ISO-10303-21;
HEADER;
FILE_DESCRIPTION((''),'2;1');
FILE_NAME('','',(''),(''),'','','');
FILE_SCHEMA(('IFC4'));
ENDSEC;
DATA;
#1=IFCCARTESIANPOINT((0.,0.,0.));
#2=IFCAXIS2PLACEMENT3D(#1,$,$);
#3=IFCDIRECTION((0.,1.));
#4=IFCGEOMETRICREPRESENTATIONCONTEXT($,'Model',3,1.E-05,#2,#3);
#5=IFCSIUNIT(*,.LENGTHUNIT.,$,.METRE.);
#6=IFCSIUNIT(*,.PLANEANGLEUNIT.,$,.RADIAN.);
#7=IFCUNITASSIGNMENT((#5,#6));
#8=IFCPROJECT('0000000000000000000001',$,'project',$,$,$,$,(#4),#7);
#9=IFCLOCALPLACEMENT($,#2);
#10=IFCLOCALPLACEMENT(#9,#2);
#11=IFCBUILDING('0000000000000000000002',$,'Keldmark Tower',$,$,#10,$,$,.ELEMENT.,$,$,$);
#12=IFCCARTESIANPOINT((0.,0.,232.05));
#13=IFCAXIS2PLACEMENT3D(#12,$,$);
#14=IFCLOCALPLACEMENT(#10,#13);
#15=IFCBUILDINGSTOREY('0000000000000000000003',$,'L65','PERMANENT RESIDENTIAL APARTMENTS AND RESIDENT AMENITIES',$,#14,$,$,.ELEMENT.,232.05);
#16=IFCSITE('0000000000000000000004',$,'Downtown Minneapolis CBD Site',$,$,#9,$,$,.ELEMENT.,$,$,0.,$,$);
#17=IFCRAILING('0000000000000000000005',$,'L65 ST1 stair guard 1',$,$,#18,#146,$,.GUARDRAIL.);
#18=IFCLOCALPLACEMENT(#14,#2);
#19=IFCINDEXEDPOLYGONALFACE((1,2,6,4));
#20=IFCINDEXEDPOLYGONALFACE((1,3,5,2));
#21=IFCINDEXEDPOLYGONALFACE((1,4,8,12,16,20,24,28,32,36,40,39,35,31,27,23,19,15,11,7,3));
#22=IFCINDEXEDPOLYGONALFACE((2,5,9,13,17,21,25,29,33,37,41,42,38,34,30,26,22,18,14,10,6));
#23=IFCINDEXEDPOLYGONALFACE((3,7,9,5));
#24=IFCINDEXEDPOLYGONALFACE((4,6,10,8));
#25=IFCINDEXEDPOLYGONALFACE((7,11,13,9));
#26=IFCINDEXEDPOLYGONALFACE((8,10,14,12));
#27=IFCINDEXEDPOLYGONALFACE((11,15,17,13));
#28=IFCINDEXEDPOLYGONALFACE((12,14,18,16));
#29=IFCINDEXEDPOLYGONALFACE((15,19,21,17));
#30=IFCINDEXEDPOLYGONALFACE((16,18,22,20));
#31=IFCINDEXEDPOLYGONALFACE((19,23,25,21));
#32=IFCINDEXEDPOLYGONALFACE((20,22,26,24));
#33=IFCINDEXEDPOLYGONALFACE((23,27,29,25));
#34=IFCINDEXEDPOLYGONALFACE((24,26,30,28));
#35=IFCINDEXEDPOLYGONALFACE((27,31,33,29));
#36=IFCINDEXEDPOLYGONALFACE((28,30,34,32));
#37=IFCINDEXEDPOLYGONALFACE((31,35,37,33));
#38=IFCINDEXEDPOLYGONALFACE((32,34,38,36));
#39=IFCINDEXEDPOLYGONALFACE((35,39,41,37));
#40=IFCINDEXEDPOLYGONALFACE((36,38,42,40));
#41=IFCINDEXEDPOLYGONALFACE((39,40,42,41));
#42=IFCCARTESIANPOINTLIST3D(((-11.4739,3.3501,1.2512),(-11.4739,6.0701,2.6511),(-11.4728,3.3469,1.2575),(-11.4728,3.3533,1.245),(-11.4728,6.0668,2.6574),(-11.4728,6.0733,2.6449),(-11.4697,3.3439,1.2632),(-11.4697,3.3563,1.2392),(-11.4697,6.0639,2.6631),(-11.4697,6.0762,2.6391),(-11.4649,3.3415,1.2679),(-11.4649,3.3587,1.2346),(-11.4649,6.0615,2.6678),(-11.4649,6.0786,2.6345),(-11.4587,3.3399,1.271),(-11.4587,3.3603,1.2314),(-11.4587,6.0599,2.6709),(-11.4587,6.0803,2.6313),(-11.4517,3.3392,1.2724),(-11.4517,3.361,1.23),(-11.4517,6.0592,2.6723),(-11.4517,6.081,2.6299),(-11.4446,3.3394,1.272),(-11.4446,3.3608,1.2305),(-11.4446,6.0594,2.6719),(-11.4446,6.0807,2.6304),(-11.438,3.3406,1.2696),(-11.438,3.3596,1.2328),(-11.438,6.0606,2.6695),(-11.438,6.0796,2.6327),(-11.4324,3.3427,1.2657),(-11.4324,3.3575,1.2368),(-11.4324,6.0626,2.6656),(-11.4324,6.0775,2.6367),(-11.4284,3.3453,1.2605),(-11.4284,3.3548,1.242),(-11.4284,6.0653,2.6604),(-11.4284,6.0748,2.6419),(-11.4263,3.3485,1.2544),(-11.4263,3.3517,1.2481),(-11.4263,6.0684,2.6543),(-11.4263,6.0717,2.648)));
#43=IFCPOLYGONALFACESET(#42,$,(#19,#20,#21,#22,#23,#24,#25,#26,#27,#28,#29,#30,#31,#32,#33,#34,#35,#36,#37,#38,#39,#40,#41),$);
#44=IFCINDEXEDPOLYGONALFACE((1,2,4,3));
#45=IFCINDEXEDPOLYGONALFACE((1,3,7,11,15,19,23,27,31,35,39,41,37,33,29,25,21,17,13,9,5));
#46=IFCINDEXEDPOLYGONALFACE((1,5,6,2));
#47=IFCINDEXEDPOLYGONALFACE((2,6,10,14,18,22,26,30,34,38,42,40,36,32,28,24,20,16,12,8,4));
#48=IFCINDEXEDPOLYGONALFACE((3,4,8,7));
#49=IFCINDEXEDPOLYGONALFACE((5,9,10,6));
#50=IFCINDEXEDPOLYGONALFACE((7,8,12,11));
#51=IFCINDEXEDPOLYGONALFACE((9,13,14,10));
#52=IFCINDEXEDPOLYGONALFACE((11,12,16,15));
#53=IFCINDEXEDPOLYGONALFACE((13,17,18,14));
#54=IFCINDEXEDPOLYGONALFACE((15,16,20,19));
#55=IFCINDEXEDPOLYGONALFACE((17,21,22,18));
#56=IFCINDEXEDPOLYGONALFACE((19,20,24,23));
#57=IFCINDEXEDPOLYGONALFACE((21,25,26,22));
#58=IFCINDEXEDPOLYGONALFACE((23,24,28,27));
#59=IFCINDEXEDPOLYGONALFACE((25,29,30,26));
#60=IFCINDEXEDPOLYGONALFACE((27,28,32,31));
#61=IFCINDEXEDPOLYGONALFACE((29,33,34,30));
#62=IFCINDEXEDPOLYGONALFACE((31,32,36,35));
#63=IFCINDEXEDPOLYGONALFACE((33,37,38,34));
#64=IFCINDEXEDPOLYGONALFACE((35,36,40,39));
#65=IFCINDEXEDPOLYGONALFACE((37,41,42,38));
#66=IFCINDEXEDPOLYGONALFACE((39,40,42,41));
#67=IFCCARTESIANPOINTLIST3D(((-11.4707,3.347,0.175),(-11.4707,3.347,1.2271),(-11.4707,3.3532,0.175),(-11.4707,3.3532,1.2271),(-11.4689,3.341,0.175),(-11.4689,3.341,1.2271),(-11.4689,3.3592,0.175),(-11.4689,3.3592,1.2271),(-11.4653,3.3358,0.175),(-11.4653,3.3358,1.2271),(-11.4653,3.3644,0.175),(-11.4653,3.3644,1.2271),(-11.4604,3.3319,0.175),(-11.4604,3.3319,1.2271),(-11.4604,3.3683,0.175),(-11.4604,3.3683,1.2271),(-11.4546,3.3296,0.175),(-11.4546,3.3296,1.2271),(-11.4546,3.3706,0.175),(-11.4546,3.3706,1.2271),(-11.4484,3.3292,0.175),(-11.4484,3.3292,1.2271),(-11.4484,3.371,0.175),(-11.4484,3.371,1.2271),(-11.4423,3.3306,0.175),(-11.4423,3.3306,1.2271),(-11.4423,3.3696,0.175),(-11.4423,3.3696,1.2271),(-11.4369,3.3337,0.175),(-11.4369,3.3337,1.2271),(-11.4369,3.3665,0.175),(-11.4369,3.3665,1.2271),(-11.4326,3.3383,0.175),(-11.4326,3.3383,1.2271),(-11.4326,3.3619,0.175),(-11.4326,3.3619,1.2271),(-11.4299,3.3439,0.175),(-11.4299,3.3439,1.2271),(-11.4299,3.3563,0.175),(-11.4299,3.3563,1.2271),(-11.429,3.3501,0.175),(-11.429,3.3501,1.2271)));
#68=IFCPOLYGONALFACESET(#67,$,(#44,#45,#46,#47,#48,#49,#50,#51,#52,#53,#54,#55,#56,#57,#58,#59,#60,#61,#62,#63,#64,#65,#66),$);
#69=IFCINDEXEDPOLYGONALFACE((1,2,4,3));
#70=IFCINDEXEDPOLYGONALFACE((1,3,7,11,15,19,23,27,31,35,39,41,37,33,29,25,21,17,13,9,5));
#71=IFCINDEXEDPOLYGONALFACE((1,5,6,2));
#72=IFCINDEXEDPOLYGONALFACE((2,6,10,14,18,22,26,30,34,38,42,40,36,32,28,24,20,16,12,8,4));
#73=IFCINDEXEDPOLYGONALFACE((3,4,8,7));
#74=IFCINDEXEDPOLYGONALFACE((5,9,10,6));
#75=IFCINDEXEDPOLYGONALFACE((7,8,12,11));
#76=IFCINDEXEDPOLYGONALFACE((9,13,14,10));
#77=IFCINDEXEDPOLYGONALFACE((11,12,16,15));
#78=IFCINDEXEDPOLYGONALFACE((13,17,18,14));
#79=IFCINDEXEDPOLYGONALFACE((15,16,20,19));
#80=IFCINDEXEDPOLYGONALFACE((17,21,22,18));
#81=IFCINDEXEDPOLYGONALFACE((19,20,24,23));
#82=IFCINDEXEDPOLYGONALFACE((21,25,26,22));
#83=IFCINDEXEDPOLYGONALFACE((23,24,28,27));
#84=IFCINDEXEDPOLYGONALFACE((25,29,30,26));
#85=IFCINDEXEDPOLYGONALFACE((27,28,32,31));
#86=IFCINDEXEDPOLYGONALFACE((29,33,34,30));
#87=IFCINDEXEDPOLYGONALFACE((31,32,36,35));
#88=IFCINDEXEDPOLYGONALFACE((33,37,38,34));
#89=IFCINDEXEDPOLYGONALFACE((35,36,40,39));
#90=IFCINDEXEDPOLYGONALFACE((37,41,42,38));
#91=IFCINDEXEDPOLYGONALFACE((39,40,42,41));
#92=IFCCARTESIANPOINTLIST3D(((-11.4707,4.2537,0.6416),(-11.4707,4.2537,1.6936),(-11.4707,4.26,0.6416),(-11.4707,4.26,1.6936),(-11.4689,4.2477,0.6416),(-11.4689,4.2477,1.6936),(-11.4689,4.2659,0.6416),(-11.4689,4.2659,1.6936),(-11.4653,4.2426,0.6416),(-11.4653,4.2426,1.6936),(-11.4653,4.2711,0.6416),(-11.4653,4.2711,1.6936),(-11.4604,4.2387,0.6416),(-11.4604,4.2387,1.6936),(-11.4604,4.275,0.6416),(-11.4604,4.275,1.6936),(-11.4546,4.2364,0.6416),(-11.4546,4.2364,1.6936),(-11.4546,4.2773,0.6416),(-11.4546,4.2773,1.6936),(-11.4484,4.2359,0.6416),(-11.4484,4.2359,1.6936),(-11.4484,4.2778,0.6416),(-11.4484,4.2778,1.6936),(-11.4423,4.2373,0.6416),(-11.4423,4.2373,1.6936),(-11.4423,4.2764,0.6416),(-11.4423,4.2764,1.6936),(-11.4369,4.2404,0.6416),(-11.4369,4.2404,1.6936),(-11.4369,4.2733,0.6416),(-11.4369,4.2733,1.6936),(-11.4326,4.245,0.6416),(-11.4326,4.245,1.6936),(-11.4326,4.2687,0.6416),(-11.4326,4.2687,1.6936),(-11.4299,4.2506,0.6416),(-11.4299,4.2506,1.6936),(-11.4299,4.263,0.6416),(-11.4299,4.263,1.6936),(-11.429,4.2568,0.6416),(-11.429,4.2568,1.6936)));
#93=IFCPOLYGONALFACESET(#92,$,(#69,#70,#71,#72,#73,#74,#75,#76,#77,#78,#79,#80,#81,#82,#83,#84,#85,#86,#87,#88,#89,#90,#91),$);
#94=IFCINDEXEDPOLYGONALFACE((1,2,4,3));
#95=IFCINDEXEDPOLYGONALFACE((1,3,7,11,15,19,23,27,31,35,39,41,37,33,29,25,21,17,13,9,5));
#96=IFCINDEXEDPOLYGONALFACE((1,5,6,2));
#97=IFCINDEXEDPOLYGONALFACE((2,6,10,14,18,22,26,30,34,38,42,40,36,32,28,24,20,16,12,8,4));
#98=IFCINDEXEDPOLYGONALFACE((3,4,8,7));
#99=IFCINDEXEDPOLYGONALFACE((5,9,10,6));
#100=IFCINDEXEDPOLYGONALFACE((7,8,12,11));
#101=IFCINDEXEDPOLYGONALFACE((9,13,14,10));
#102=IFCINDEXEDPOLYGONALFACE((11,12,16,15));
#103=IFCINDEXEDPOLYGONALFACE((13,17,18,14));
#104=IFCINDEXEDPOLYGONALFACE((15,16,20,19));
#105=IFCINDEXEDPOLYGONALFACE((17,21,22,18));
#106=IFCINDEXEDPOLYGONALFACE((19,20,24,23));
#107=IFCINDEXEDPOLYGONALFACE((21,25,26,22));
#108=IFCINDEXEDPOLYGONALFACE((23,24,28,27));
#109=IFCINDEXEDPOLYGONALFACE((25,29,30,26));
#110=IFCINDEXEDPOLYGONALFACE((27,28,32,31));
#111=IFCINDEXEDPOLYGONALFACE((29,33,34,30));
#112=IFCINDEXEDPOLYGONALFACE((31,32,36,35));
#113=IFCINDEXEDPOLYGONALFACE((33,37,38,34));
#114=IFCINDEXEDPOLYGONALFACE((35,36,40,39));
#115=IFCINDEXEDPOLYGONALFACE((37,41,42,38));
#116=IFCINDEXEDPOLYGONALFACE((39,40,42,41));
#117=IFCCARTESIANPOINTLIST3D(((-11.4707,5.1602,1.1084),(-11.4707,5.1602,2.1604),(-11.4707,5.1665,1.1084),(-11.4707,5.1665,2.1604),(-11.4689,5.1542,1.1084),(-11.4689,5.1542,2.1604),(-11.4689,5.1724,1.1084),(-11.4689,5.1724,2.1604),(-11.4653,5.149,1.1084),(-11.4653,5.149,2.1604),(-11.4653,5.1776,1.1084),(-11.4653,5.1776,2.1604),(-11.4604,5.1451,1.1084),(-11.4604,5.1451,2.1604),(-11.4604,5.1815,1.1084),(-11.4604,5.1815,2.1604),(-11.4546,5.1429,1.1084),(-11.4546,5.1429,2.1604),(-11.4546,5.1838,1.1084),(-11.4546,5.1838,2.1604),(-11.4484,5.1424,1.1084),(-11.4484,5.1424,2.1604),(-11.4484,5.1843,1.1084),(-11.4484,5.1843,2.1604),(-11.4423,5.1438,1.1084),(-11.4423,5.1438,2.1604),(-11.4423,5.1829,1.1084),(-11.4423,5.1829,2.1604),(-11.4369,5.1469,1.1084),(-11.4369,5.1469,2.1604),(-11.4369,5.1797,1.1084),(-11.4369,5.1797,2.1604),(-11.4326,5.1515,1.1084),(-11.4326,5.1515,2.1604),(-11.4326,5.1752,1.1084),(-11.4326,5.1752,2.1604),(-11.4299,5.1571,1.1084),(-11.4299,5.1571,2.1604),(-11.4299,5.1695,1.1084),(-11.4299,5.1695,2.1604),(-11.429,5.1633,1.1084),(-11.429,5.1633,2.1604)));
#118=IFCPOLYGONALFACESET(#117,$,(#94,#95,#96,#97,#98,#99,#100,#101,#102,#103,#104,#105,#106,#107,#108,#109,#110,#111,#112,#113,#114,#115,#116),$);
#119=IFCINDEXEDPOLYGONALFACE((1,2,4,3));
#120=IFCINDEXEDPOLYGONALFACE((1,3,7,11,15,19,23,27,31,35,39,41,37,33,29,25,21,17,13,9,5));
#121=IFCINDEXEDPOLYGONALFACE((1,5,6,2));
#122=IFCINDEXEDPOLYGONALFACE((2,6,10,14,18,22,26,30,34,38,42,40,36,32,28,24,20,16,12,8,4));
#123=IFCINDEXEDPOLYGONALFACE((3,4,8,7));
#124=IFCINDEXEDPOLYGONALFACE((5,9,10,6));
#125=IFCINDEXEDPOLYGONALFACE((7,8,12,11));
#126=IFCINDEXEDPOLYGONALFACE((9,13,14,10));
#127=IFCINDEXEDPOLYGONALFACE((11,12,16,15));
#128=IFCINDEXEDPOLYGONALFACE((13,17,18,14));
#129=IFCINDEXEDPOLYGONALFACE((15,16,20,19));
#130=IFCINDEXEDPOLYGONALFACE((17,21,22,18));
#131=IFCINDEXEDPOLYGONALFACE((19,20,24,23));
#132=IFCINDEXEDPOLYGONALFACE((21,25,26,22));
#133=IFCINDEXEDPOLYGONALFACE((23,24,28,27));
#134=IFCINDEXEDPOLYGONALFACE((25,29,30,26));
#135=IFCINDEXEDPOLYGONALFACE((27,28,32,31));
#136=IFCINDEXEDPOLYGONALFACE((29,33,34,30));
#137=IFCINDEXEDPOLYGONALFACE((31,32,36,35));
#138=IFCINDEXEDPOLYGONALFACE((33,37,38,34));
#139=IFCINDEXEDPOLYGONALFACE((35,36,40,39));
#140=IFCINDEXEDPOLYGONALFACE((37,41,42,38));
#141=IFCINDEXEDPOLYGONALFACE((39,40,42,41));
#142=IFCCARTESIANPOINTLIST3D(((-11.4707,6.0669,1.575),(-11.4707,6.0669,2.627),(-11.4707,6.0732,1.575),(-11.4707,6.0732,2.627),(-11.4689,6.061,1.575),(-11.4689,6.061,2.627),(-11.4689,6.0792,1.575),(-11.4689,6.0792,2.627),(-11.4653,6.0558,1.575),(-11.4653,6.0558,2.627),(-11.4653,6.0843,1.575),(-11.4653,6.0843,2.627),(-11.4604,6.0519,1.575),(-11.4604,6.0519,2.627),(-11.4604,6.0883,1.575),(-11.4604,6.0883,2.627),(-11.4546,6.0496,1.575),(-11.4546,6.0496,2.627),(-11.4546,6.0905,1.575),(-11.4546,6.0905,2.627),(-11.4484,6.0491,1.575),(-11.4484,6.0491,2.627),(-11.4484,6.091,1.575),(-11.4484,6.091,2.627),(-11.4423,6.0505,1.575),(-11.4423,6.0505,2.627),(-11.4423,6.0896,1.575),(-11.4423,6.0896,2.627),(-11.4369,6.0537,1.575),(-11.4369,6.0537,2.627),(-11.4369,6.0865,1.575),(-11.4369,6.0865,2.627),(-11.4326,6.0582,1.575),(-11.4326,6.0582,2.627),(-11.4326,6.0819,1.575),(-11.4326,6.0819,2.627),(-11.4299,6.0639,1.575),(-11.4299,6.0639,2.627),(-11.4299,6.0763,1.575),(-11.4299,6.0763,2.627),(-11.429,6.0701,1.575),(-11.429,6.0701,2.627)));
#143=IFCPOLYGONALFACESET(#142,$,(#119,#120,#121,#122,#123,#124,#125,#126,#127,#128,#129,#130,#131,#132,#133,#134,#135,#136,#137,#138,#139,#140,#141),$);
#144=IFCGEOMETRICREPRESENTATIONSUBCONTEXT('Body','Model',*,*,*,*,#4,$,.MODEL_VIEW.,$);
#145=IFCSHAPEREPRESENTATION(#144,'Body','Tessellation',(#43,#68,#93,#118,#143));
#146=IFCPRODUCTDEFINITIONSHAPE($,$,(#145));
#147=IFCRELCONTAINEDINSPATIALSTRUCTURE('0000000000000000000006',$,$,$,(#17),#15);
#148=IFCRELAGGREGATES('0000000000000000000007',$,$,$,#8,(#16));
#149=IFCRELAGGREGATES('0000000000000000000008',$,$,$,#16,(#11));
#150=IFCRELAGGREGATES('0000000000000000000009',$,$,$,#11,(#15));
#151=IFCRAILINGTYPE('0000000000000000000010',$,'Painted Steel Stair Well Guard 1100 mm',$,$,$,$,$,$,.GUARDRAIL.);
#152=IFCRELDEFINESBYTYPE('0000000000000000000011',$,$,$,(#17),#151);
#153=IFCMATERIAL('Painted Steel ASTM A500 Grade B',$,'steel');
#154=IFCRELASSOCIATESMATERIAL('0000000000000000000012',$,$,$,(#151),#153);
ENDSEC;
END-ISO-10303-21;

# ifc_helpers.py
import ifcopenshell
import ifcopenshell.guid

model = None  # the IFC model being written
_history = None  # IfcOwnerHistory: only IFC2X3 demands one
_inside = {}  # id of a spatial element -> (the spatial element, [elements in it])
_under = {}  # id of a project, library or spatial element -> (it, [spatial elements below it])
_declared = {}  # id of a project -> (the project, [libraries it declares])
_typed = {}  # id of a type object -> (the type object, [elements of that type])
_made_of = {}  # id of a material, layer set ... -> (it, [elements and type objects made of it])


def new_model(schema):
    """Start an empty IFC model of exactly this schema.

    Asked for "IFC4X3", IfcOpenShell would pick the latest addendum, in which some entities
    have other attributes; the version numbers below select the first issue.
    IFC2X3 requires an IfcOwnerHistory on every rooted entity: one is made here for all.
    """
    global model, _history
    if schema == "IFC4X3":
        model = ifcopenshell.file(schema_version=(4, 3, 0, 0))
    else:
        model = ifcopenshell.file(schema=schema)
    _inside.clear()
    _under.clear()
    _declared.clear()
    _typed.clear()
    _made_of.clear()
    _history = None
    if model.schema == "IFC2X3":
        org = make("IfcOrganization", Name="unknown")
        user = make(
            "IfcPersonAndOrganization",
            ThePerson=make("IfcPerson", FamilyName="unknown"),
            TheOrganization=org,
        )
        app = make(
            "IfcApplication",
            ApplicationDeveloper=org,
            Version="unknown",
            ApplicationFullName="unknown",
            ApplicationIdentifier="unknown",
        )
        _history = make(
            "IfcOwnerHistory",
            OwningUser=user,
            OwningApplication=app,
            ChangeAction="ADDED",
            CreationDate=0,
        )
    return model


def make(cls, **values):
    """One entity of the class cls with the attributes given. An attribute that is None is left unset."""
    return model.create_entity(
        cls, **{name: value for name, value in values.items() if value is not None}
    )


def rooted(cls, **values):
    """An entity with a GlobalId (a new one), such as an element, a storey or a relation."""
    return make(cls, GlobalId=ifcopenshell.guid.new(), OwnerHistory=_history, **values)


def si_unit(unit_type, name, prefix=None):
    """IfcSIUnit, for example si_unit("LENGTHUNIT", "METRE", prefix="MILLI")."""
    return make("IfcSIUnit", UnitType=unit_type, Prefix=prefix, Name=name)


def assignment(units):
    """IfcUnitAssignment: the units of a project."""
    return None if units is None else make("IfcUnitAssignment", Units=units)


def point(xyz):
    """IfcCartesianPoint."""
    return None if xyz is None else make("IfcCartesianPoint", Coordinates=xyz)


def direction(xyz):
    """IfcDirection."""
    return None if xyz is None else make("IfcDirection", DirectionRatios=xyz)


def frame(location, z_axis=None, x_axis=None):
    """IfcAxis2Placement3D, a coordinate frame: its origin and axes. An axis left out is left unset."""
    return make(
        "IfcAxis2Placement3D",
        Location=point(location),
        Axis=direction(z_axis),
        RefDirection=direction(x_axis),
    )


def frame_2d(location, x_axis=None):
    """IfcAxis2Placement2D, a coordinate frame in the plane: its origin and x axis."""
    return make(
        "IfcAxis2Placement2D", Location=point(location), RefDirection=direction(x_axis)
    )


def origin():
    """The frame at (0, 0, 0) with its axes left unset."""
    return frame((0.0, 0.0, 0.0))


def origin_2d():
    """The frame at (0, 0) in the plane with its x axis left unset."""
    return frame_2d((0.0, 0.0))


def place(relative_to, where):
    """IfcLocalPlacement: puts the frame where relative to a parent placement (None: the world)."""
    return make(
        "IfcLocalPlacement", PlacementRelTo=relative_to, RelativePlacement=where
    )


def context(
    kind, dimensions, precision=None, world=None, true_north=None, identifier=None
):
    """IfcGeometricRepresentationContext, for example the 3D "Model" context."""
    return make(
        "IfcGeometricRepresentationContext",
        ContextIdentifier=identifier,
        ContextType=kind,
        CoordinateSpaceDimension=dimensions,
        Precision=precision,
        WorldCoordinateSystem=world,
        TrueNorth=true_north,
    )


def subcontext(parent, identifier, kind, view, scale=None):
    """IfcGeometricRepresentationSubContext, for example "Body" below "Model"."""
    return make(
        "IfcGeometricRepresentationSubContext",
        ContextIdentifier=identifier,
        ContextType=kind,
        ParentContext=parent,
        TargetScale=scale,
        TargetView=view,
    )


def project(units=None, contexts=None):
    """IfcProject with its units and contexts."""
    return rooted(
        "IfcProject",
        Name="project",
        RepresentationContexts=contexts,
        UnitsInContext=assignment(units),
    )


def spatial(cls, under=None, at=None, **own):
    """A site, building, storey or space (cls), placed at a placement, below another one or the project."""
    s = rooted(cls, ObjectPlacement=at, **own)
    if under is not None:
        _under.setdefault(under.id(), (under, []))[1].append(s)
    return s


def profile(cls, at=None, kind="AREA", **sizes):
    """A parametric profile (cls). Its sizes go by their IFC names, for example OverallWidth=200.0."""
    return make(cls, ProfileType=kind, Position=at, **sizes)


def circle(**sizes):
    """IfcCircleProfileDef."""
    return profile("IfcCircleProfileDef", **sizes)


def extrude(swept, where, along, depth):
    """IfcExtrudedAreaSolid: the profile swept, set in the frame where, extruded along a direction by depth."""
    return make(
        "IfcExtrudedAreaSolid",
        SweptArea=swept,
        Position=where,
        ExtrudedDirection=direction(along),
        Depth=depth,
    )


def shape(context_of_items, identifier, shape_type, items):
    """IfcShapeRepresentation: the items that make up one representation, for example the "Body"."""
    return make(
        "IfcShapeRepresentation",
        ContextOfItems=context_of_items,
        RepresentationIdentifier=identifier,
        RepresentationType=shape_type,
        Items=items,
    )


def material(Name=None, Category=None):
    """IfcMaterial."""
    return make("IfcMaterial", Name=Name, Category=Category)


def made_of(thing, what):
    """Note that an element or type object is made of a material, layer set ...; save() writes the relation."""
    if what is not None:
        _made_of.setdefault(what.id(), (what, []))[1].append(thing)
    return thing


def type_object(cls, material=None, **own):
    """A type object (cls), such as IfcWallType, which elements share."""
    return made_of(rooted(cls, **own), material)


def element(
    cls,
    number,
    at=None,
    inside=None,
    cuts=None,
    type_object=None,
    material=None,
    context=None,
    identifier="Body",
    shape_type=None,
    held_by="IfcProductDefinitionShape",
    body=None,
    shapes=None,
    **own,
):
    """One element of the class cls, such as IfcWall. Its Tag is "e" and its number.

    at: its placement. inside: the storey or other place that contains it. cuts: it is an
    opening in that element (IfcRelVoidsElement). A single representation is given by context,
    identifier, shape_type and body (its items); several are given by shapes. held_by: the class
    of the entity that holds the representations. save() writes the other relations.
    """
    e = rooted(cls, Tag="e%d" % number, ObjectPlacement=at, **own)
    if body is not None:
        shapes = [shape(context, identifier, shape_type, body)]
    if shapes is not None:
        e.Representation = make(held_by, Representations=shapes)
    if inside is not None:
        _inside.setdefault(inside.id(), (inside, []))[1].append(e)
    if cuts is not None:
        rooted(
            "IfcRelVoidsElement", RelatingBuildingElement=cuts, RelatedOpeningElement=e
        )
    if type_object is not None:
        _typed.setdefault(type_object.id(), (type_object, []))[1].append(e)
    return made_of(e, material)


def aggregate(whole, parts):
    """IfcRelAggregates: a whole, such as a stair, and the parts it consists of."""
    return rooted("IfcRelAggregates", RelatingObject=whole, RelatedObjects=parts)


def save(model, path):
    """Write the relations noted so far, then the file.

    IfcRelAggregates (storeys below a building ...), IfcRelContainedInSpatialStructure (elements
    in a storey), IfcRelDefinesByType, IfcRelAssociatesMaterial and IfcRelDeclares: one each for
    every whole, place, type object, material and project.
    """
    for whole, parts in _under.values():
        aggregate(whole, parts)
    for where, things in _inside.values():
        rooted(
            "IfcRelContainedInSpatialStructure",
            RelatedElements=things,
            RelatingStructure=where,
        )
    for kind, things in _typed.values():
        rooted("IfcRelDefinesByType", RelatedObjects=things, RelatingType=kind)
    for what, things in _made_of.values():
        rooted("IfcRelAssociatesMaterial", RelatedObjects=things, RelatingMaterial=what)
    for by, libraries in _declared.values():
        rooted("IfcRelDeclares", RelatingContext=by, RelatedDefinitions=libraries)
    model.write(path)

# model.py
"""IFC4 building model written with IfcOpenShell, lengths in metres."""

from ifc_helpers import new_model, si_unit, direction, frame, origin, origin_2d, place, context, subcontext, project, spatial, circle, extrude, material, type_object, element, save


model = new_model("IFC4")

# Units and contexts
model_context = context("Model", 3, precision=1e-05, world=origin(), true_north=direction((0.0, 1.0)))
body_context = subcontext(model_context, "Body", "Model", "MODEL_VIEW")
ifc_project = project(units=[si_unit("LENGTHUNIT", "METRE"), si_unit("PLANEANGLEUNIT", "RADIAN")], contexts=[model_context])

# Site, building, storey
site_placement = place(None, origin())
site = spatial("IfcSite", under=ifc_project, at=site_placement, Name="Downtown Minneapolis CBD Site", CompositionType="ELEMENT", RefElevation=0.0)
building_placement = place(site_placement, origin())
building = spatial("IfcBuilding", under=site, at=building_placement, Name="Keldmark Tower", CompositionType="ELEMENT")
storey_placement = place(building_placement, frame((0.0, 0.0, 232.05)))
storey = spatial("IfcBuildingStorey", under=building, at=storey_placement, Name="L65", Description="PERMANENT RESIDENTIAL APARTMENTS AND RESIDENT AMENITIES", CompositionType="ELEMENT", Elevation=232.05)

# Railing
ifc_material_1 = material(Name="Painted Steel ASTM A500 Grade B", Category="steel")
railing_type_1 = type_object("IfcRailingType", Name="Painted Steel Stair Well Guard 1100 mm", PredefinedType="GUARDRAIL", material=ifc_material_1)
railing_1_placement = place(storey_placement, frame((-11.45, 3.3501, 0.175)))
element("IfcRailing", 1, at=railing_1_placement, inside=storey, type_object=railing_type_1, Name="L65 ST1 stair guard 1", PredefinedType="GUARDRAIL", context=body_context, shape_type="SweptSolid", body=[
    extrude(circle(Radius=0.0239, at=origin_2d()), frame((0.0, 0.0, 1.0762), z_axis=(0.0, 0.889147, 0.457622), x_axis=(-1.0, 0.0, 0.0)), (0.0, 0.0, 1.0), 3.0591),
    extrude(circle(Radius=0.021, at=origin_2d()), origin(), (0.0, 0.0, 1.0), 1.052),
    extrude(circle(Radius=0.021, at=origin_2d()), frame((0.0, 0.9067, 0.4666)), (0.0, 0.0, 1.0), 1.052),
    extrude(circle(Radius=0.021, at=origin_2d()), frame((0.0, 1.8132, 0.9333)), (0.0, 0.0, 1.0), 1.052),
    extrude(circle(Radius=0.021, at=origin_2d()), frame((0.0, 2.72, 1.3999)), (0.0, 0.0, 1.0), 1.052),
])

save(model, "model.ifc")
